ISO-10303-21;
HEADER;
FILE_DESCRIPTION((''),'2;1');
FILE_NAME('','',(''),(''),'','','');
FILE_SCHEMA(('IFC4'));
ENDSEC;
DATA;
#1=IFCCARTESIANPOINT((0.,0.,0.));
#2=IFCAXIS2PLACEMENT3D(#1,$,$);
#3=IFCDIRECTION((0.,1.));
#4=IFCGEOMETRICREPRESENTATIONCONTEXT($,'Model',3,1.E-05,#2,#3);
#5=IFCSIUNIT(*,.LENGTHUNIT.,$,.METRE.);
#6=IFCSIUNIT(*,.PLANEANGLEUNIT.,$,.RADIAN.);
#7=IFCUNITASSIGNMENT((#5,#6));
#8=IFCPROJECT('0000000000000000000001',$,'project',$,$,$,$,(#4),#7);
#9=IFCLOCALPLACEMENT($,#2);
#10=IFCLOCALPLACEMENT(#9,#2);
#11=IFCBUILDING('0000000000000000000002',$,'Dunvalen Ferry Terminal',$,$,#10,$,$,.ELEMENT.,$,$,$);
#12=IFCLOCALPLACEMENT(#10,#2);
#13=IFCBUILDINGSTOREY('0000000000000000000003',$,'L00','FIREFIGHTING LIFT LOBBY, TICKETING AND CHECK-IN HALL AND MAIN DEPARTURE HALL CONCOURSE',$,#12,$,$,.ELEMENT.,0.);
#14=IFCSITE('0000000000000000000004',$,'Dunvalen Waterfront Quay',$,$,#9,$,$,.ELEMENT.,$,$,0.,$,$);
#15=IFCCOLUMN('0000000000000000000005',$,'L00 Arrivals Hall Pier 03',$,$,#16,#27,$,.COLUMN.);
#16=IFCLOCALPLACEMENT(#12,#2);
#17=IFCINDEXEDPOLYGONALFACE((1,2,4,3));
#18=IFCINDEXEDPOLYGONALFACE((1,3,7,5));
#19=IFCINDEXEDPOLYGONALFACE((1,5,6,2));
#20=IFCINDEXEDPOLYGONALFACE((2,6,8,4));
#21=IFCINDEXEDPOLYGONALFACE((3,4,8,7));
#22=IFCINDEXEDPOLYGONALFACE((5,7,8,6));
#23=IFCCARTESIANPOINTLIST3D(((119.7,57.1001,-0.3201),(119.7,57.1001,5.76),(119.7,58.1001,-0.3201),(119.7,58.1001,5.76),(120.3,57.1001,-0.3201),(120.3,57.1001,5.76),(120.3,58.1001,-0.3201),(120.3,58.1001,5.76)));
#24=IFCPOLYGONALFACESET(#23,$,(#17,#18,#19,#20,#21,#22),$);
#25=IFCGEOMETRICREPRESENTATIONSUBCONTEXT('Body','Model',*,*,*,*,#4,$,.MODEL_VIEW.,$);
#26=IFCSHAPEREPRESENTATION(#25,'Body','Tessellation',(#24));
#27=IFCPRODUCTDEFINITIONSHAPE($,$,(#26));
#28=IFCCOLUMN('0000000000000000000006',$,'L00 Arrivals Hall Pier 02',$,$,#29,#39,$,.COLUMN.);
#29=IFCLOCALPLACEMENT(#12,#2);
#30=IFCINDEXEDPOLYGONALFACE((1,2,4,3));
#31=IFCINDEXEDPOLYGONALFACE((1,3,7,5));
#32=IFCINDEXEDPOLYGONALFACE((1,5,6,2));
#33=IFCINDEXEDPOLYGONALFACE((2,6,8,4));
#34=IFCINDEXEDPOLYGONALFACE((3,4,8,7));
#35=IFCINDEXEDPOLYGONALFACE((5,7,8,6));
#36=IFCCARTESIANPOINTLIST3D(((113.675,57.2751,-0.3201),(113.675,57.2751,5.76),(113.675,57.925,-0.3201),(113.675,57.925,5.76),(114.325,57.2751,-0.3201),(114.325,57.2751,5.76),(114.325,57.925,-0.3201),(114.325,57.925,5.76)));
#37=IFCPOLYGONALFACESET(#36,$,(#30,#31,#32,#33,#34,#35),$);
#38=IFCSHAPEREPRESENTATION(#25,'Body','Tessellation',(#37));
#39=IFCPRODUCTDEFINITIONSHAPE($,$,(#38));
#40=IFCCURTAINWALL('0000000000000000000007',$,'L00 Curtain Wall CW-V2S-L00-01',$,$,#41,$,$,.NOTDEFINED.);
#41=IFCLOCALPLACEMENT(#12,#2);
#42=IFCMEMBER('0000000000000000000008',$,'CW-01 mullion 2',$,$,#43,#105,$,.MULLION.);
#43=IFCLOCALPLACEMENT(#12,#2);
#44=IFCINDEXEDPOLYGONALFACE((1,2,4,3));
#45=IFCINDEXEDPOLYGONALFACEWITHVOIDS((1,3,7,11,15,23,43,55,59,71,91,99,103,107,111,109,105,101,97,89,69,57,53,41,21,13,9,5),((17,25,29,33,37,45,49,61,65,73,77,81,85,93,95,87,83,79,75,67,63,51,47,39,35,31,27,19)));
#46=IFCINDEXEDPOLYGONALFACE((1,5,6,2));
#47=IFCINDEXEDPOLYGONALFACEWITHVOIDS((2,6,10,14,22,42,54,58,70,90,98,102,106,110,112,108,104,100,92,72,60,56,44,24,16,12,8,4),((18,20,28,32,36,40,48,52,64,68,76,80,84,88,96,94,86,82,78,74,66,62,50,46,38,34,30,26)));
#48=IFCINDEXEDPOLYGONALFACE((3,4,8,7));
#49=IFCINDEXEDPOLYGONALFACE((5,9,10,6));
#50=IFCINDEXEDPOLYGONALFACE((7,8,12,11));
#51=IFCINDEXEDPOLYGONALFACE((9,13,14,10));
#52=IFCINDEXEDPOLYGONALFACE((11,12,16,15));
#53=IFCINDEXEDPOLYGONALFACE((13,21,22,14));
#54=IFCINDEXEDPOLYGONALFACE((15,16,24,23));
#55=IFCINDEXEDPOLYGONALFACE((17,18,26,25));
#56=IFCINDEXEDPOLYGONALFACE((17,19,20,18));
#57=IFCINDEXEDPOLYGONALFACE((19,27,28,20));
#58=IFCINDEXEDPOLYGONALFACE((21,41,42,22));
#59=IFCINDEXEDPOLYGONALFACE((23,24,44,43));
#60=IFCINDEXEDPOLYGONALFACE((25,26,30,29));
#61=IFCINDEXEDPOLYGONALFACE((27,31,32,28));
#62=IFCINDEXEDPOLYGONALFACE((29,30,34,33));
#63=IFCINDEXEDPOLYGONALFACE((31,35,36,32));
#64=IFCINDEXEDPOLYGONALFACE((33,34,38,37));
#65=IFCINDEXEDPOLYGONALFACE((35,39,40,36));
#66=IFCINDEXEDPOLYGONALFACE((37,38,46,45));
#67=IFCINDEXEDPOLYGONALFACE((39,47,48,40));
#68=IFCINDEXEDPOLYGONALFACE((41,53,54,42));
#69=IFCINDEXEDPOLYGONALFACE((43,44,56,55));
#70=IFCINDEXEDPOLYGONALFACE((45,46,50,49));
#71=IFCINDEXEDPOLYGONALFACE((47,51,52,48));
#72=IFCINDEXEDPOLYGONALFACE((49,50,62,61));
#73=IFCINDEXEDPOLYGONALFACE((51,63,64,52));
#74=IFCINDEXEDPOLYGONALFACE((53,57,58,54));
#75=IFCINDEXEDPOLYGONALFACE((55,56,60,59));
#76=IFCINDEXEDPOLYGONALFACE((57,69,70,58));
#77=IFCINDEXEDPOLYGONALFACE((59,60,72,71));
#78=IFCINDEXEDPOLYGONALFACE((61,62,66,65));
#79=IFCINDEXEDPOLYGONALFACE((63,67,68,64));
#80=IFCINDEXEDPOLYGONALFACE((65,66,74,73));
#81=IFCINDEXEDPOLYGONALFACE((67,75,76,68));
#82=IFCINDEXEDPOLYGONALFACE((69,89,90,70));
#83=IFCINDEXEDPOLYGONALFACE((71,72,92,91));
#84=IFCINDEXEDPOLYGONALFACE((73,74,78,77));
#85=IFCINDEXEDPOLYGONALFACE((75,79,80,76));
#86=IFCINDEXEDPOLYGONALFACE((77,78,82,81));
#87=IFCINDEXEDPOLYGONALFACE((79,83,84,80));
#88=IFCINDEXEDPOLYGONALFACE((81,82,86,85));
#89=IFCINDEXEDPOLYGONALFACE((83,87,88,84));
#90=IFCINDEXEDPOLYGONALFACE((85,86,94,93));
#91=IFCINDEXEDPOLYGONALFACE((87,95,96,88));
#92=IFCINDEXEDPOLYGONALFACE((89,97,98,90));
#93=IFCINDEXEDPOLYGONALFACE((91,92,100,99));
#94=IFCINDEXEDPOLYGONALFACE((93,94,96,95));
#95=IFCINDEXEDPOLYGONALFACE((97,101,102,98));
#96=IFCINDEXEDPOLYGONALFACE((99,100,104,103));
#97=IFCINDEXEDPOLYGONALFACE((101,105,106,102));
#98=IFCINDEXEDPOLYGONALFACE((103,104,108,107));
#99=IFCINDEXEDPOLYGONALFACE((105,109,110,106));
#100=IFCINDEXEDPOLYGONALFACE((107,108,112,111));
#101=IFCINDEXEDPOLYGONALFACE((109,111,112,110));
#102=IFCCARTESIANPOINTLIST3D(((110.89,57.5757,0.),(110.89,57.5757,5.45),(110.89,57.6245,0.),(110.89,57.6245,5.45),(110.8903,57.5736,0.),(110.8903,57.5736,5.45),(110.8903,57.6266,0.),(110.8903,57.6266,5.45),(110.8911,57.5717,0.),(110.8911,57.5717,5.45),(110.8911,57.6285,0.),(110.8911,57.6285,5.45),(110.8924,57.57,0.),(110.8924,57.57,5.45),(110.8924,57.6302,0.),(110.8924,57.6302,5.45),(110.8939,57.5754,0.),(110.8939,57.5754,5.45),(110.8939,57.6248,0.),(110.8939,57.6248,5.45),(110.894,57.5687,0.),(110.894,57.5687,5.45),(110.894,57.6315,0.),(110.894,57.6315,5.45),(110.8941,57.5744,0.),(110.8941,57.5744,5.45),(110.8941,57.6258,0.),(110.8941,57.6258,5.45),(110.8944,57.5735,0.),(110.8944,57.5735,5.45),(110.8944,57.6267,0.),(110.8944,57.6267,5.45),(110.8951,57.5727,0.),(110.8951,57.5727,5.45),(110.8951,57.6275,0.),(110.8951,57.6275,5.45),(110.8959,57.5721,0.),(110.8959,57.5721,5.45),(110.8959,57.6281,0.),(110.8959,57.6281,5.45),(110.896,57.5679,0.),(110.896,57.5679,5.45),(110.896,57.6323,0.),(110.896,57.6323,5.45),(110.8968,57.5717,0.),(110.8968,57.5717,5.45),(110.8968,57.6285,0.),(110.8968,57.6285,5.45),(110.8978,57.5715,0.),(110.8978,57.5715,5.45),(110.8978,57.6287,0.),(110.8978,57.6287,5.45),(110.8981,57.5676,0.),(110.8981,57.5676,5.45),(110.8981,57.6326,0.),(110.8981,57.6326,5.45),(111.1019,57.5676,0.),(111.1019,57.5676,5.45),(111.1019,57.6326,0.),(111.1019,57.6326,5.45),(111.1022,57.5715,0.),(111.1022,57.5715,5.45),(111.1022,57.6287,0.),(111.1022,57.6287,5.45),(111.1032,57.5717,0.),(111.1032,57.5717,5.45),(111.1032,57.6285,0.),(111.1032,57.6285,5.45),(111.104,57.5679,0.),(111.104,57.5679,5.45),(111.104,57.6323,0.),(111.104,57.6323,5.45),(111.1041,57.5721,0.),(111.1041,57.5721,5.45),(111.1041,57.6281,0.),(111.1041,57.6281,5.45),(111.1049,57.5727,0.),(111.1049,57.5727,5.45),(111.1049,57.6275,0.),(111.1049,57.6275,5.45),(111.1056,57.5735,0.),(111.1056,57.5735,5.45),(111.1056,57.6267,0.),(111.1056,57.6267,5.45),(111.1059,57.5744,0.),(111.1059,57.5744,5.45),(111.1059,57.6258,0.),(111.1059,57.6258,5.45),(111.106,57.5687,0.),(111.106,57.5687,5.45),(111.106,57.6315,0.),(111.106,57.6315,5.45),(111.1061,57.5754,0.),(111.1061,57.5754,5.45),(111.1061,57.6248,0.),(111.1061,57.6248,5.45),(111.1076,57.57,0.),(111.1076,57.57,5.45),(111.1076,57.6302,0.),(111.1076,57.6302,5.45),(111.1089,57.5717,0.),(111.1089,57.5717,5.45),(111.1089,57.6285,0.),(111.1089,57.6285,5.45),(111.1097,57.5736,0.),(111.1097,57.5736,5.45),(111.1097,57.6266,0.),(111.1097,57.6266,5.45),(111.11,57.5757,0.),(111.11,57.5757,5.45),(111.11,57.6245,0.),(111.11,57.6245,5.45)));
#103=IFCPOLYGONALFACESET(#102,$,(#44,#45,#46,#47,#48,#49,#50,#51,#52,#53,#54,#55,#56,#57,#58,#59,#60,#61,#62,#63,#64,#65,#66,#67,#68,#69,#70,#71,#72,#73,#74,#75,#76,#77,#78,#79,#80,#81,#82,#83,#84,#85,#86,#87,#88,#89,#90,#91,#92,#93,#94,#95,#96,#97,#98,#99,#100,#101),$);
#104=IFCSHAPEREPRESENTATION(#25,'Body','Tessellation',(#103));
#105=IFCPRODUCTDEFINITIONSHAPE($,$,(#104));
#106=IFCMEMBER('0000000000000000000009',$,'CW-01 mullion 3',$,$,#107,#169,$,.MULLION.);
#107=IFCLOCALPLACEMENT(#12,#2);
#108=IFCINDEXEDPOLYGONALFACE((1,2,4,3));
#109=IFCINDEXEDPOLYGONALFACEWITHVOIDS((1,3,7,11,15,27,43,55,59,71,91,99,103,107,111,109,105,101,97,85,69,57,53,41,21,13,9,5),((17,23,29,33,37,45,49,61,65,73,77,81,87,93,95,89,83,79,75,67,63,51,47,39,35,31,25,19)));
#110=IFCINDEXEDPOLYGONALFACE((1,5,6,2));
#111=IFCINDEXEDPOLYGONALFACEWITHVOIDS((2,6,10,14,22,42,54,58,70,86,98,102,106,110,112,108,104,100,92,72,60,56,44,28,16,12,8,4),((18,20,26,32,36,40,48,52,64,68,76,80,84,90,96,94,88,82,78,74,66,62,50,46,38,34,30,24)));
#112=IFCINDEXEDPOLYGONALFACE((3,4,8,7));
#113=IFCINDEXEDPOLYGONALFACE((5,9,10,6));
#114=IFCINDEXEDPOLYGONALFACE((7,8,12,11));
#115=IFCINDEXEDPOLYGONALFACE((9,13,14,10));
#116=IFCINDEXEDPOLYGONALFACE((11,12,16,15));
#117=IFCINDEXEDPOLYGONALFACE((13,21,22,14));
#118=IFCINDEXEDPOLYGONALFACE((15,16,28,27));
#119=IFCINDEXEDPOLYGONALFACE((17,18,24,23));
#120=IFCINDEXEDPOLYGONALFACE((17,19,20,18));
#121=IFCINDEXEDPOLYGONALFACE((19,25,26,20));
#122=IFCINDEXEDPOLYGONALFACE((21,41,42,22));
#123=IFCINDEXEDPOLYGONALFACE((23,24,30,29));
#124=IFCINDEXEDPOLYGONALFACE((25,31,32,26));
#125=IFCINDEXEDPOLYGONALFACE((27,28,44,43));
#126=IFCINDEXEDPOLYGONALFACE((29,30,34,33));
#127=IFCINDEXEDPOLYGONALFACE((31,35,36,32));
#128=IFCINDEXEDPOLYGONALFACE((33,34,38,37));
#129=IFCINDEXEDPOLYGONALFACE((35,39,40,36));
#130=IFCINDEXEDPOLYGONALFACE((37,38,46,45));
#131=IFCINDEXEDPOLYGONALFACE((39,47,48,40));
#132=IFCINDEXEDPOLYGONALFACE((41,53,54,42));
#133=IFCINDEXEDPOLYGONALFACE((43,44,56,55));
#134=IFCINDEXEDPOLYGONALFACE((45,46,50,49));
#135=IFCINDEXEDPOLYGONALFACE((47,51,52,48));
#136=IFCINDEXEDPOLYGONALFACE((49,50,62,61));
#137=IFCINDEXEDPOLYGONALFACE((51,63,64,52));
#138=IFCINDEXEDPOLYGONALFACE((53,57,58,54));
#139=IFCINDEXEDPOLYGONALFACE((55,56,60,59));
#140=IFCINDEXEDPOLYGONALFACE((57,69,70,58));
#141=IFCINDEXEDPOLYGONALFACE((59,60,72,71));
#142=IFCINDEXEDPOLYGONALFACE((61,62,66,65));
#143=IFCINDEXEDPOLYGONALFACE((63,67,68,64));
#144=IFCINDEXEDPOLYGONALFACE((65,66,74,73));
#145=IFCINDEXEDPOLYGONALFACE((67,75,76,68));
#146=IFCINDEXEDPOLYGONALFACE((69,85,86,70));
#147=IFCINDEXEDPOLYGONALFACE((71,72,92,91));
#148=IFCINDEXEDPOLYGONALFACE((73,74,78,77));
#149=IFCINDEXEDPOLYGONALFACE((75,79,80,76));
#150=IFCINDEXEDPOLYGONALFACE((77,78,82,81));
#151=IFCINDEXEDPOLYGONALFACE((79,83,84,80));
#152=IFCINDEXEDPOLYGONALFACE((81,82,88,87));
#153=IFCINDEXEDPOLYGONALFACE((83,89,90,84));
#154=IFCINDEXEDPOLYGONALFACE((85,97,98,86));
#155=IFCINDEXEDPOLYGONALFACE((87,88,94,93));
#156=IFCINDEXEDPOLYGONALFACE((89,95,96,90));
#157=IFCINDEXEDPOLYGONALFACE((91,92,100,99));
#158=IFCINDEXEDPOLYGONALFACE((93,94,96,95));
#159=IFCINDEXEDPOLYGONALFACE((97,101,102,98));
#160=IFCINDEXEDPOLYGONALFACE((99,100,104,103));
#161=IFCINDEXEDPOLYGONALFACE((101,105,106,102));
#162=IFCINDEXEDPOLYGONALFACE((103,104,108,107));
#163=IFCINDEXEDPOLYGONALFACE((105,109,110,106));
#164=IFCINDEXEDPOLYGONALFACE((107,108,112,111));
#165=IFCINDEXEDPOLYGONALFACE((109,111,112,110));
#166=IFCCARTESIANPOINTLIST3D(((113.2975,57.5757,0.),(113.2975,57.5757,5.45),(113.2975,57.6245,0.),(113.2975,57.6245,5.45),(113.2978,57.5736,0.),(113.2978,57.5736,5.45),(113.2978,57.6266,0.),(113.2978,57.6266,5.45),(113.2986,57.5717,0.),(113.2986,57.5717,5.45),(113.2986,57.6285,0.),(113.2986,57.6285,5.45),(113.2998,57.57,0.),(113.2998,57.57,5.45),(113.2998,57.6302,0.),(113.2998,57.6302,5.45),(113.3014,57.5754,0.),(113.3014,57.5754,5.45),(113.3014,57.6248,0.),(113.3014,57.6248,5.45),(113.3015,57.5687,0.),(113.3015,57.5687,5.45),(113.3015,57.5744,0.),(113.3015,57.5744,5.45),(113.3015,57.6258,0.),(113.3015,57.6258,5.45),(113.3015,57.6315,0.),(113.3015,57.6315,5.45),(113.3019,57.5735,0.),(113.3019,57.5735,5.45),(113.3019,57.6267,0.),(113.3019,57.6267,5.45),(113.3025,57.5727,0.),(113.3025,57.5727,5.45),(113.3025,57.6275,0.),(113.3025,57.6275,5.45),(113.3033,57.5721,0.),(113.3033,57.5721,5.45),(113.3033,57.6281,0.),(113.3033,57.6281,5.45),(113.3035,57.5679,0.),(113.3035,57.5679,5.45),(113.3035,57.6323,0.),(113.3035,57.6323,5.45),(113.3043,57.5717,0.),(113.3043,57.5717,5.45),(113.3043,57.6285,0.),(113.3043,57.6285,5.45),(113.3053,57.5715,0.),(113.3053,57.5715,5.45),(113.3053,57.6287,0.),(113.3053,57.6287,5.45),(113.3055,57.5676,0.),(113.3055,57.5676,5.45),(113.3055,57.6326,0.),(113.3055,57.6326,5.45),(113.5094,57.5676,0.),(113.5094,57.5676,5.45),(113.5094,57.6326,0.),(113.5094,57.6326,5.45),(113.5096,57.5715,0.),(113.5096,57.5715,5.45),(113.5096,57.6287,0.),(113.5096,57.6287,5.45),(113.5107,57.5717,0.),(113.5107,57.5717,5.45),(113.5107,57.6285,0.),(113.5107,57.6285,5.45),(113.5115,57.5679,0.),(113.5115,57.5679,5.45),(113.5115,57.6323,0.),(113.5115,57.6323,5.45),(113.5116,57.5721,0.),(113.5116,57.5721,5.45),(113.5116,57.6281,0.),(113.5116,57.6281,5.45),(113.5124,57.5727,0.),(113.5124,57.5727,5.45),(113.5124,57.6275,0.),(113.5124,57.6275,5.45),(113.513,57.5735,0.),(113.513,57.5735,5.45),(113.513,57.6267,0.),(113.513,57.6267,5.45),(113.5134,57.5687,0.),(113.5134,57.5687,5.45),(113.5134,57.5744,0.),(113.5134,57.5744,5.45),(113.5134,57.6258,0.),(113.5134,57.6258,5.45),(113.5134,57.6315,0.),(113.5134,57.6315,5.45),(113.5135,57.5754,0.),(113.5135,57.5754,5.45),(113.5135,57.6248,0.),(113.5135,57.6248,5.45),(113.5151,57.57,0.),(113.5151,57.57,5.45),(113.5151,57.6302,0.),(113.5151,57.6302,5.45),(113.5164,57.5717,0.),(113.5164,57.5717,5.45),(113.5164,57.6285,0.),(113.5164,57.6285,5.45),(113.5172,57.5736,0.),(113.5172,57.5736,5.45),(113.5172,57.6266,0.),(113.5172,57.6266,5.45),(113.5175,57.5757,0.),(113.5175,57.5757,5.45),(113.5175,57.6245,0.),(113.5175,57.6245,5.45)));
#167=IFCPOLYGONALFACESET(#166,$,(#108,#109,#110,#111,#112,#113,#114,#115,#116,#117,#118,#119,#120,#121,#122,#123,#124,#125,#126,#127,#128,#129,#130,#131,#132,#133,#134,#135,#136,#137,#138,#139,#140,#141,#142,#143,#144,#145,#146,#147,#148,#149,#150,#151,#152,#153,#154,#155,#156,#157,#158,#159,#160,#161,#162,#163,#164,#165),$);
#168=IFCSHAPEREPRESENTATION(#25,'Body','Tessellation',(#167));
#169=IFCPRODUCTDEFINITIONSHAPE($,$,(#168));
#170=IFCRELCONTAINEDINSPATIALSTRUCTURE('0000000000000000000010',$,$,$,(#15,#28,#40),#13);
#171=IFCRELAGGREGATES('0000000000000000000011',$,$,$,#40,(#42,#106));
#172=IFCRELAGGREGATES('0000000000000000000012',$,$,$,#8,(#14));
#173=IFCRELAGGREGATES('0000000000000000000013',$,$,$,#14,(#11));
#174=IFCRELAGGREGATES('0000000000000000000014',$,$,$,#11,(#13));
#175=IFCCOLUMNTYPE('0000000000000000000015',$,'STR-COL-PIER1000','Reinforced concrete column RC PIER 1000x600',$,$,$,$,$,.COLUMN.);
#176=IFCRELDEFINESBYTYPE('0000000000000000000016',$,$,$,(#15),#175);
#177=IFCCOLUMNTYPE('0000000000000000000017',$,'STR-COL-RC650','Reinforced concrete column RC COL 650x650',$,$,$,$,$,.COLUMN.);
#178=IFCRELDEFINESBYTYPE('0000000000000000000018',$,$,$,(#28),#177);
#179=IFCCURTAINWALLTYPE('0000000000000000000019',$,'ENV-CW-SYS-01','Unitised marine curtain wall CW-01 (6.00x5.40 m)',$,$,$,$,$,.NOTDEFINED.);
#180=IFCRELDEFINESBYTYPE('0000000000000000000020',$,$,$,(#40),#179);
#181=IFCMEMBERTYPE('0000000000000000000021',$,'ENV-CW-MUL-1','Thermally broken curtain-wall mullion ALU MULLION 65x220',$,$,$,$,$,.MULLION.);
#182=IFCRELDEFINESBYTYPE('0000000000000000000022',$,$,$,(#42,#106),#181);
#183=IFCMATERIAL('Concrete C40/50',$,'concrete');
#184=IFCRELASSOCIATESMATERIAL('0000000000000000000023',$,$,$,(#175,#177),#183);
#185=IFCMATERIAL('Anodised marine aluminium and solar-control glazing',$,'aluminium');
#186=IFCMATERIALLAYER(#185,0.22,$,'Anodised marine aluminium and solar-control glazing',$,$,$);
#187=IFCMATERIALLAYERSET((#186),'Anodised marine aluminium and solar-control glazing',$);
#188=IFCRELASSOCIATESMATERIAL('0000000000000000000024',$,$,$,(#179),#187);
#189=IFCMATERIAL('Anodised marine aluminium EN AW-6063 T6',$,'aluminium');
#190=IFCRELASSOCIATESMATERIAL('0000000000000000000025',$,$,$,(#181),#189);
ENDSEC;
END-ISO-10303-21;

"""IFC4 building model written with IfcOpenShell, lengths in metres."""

from ifc_helpers import new_model, si_unit, direction, frame, origin, origin_2d, place, context, subcontext, project, spatial, rectangle, hollow_rectangle, extrude, material, layer, layer_set, material_profile, profile_set, type_object, element, aggregate, save


model = new_model("IFC4")

# Units and contexts
model_context = context("Model", 3, precision=1e-05, world=origin(), true_north=direction((0.0, 1.0)))
body_context = subcontext(model_context, "Body", "Model", "MODEL_VIEW")
ifc_project = project(units=[si_unit("LENGTHUNIT", "METRE"), si_unit("PLANEANGLEUNIT", "RADIAN")], contexts=[model_context])

# Site, building, storey
site_placement = place(None, origin())
site = spatial("IfcSite", under=ifc_project, at=site_placement, Name="Dunvalen Waterfront Quay", CompositionType="ELEMENT", RefElevation=0.0)
building_placement = place(site_placement, origin())
building = spatial("IfcBuilding", under=site, at=building_placement, Name="Dunvalen Ferry Terminal", CompositionType="ELEMENT")
storey_placement = place(building_placement, origin())
storey = spatial("IfcBuildingStorey", under=building, at=storey_placement, Name="L00", Description="FIREFIGHTING LIFT LOBBY, TICKETING AND CHECK-IN HALL AND MAIN DEPARTURE HALL CONCOURSE", CompositionType="ELEMENT", Elevation=0.0)

# Shared definitions
ifc_material_1 = material(Name="Concrete C40/50", Category="concrete")

# Columns
ifc_material_profile_1 = material_profile(ifc_material_1, rectangle(XDim=0.6001, YDim=1.0, at=origin_2d()), Name="Concrete C40/50")
ifc_profile_set_1 = profile_set([ifc_material_profile_1], Name="Concrete C40/50")
column_type_1 = type_object("IfcColumnType", Name="STR-COL-PIER1000", Description="Reinforced concrete column RC PIER 1000x600", PredefinedType="COLUMN", material=ifc_profile_set_1)
column_1_placement = place(storey_placement, frame((120.0, 57.6001, -0.3201), z_axis=(0.0, 0.0, 1.0), x_axis=(1.0, 0.0, 0.0)))
element("IfcColumn", 1, at=column_1_placement, inside=storey, type_object=column_type_1, Name="L00 Arrivals Hall Pier 03", PredefinedType="COLUMN", context=body_context, shape_type="SweptSolid", body=[
    extrude(rectangle(XDim=0.6001, YDim=1.0, at=origin_2d()), origin(), (0.0, 0.0, 1.0), 6.0801),
])
ifc_material_profile_2 = material_profile(ifc_material_1, rectangle(XDim=0.6499, YDim=0.6499, at=origin_2d()), Name="Concrete C40/50")
ifc_profile_set_2 = profile_set([ifc_material_profile_2], Name="Concrete C40/50")
column_type_2 = type_object("IfcColumnType", Name="STR-COL-RC650", Description="Reinforced concrete column RC COL 650x650", PredefinedType="COLUMN", material=ifc_profile_set_2)
column_2_placement = place(storey_placement, frame((114.0, 57.6001, -0.3201), z_axis=(0.0, 0.0, 1.0), x_axis=(1.0, 0.0, 0.0)))
element("IfcColumn", 2, at=column_2_placement, inside=storey, type_object=column_type_2, Name="L00 Arrivals Hall Pier 02", PredefinedType="COLUMN", context=body_context, shape_type="SweptSolid", body=[
    extrude(rectangle(XDim=0.6499, YDim=0.6499, at=origin_2d()), origin(), (0.0, 0.0, 1.0), 6.0801),
])

# Curtain wall, members
ifc_material_2 = material(Name="Anodised marine aluminium and solar-control glazing", Category="aluminium")
ifc_layer_1 = layer(ifc_material_2, 0.22, Name="Anodised marine aluminium and solar-control glazing")
ifc_layer_set_1 = layer_set([ifc_layer_1], Name="Anodised marine aluminium and solar-control glazing")
curtain_wall_type = type_object("IfcCurtainWallType", Name="ENV-CW-SYS-01", Description="Unitised marine curtain wall CW-01 (6.00x5.40 m)", PredefinedType="NOTDEFINED", material=ifc_layer_set_1)
curtain_wall_1_placement = place(storey_placement, origin())
curtain_wall_1 = element("IfcCurtainWall", 3, at=curtain_wall_1_placement, inside=storey, type_object=curtain_wall_type, Name="L00 Curtain Wall CW-V2S-L00-01", PredefinedType="NOTDEFINED")
ifc_material_3 = material(Name="Anodised marine aluminium EN AW-6063 T6", Category="aluminium")
ifc_material_profile_3 = material_profile(ifc_material_3, hollow_rectangle(XDim=0.0649, YDim=0.22, WallThickness=0.0039, InnerFilletRadius=0.0039, OuterFilletRadius=0.0081, at=origin_2d()), Name="Anodised marine aluminium EN AW-6063 T6")
ifc_profile_set_3 = profile_set([ifc_material_profile_3], Name="Anodised marine aluminium EN AW-6063 T6")
member_type_1 = type_object("IfcMemberType", Name="ENV-CW-MUL-1", Description="Thermally broken curtain-wall mullion ALU MULLION 65x220", PredefinedType="MULLION", material=ifc_profile_set_3)
member_1_placement = place(storey_placement, frame((111.0, 57.6001, 0.0), z_axis=(0.0, 0.0, 1.0), x_axis=(0.0, 1.0, 0.0)))
member_1 = element("IfcMember", 4, at=member_1_placement, type_object=member_type_1, Name="CW-01 mullion 2", PredefinedType="MULLION", context=body_context, shape_type="SweptSolid", body=[
    extrude(hollow_rectangle(XDim=0.0649, YDim=0.22, WallThickness=0.0039, InnerFilletRadius=0.0039, OuterFilletRadius=0.0081, at=origin_2d()), origin(), (0.0, 0.0, 1.0), 5.45),
])
member_2_placement = place(storey_placement, frame((113.4075, 57.6001, 0.0), z_axis=(0.0, 0.0, 1.0), x_axis=(0.0, 1.0, 0.0)))
member_2 = element("IfcMember", 5, at=member_2_placement, type_object=member_type_1, Name="CW-01 mullion 3", PredefinedType="MULLION", context=body_context, shape_type="SweptSolid", body=[
    extrude(hollow_rectangle(XDim=0.0649, YDim=0.22, WallThickness=0.0039, InnerFilletRadius=0.0039, OuterFilletRadius=0.0081, at=origin_2d()), origin(), (0.0, 0.0, 1.0), 5.45),
])

aggregate(curtain_wall_1, [member_1, member_2])

save(model, "model.ifc")
